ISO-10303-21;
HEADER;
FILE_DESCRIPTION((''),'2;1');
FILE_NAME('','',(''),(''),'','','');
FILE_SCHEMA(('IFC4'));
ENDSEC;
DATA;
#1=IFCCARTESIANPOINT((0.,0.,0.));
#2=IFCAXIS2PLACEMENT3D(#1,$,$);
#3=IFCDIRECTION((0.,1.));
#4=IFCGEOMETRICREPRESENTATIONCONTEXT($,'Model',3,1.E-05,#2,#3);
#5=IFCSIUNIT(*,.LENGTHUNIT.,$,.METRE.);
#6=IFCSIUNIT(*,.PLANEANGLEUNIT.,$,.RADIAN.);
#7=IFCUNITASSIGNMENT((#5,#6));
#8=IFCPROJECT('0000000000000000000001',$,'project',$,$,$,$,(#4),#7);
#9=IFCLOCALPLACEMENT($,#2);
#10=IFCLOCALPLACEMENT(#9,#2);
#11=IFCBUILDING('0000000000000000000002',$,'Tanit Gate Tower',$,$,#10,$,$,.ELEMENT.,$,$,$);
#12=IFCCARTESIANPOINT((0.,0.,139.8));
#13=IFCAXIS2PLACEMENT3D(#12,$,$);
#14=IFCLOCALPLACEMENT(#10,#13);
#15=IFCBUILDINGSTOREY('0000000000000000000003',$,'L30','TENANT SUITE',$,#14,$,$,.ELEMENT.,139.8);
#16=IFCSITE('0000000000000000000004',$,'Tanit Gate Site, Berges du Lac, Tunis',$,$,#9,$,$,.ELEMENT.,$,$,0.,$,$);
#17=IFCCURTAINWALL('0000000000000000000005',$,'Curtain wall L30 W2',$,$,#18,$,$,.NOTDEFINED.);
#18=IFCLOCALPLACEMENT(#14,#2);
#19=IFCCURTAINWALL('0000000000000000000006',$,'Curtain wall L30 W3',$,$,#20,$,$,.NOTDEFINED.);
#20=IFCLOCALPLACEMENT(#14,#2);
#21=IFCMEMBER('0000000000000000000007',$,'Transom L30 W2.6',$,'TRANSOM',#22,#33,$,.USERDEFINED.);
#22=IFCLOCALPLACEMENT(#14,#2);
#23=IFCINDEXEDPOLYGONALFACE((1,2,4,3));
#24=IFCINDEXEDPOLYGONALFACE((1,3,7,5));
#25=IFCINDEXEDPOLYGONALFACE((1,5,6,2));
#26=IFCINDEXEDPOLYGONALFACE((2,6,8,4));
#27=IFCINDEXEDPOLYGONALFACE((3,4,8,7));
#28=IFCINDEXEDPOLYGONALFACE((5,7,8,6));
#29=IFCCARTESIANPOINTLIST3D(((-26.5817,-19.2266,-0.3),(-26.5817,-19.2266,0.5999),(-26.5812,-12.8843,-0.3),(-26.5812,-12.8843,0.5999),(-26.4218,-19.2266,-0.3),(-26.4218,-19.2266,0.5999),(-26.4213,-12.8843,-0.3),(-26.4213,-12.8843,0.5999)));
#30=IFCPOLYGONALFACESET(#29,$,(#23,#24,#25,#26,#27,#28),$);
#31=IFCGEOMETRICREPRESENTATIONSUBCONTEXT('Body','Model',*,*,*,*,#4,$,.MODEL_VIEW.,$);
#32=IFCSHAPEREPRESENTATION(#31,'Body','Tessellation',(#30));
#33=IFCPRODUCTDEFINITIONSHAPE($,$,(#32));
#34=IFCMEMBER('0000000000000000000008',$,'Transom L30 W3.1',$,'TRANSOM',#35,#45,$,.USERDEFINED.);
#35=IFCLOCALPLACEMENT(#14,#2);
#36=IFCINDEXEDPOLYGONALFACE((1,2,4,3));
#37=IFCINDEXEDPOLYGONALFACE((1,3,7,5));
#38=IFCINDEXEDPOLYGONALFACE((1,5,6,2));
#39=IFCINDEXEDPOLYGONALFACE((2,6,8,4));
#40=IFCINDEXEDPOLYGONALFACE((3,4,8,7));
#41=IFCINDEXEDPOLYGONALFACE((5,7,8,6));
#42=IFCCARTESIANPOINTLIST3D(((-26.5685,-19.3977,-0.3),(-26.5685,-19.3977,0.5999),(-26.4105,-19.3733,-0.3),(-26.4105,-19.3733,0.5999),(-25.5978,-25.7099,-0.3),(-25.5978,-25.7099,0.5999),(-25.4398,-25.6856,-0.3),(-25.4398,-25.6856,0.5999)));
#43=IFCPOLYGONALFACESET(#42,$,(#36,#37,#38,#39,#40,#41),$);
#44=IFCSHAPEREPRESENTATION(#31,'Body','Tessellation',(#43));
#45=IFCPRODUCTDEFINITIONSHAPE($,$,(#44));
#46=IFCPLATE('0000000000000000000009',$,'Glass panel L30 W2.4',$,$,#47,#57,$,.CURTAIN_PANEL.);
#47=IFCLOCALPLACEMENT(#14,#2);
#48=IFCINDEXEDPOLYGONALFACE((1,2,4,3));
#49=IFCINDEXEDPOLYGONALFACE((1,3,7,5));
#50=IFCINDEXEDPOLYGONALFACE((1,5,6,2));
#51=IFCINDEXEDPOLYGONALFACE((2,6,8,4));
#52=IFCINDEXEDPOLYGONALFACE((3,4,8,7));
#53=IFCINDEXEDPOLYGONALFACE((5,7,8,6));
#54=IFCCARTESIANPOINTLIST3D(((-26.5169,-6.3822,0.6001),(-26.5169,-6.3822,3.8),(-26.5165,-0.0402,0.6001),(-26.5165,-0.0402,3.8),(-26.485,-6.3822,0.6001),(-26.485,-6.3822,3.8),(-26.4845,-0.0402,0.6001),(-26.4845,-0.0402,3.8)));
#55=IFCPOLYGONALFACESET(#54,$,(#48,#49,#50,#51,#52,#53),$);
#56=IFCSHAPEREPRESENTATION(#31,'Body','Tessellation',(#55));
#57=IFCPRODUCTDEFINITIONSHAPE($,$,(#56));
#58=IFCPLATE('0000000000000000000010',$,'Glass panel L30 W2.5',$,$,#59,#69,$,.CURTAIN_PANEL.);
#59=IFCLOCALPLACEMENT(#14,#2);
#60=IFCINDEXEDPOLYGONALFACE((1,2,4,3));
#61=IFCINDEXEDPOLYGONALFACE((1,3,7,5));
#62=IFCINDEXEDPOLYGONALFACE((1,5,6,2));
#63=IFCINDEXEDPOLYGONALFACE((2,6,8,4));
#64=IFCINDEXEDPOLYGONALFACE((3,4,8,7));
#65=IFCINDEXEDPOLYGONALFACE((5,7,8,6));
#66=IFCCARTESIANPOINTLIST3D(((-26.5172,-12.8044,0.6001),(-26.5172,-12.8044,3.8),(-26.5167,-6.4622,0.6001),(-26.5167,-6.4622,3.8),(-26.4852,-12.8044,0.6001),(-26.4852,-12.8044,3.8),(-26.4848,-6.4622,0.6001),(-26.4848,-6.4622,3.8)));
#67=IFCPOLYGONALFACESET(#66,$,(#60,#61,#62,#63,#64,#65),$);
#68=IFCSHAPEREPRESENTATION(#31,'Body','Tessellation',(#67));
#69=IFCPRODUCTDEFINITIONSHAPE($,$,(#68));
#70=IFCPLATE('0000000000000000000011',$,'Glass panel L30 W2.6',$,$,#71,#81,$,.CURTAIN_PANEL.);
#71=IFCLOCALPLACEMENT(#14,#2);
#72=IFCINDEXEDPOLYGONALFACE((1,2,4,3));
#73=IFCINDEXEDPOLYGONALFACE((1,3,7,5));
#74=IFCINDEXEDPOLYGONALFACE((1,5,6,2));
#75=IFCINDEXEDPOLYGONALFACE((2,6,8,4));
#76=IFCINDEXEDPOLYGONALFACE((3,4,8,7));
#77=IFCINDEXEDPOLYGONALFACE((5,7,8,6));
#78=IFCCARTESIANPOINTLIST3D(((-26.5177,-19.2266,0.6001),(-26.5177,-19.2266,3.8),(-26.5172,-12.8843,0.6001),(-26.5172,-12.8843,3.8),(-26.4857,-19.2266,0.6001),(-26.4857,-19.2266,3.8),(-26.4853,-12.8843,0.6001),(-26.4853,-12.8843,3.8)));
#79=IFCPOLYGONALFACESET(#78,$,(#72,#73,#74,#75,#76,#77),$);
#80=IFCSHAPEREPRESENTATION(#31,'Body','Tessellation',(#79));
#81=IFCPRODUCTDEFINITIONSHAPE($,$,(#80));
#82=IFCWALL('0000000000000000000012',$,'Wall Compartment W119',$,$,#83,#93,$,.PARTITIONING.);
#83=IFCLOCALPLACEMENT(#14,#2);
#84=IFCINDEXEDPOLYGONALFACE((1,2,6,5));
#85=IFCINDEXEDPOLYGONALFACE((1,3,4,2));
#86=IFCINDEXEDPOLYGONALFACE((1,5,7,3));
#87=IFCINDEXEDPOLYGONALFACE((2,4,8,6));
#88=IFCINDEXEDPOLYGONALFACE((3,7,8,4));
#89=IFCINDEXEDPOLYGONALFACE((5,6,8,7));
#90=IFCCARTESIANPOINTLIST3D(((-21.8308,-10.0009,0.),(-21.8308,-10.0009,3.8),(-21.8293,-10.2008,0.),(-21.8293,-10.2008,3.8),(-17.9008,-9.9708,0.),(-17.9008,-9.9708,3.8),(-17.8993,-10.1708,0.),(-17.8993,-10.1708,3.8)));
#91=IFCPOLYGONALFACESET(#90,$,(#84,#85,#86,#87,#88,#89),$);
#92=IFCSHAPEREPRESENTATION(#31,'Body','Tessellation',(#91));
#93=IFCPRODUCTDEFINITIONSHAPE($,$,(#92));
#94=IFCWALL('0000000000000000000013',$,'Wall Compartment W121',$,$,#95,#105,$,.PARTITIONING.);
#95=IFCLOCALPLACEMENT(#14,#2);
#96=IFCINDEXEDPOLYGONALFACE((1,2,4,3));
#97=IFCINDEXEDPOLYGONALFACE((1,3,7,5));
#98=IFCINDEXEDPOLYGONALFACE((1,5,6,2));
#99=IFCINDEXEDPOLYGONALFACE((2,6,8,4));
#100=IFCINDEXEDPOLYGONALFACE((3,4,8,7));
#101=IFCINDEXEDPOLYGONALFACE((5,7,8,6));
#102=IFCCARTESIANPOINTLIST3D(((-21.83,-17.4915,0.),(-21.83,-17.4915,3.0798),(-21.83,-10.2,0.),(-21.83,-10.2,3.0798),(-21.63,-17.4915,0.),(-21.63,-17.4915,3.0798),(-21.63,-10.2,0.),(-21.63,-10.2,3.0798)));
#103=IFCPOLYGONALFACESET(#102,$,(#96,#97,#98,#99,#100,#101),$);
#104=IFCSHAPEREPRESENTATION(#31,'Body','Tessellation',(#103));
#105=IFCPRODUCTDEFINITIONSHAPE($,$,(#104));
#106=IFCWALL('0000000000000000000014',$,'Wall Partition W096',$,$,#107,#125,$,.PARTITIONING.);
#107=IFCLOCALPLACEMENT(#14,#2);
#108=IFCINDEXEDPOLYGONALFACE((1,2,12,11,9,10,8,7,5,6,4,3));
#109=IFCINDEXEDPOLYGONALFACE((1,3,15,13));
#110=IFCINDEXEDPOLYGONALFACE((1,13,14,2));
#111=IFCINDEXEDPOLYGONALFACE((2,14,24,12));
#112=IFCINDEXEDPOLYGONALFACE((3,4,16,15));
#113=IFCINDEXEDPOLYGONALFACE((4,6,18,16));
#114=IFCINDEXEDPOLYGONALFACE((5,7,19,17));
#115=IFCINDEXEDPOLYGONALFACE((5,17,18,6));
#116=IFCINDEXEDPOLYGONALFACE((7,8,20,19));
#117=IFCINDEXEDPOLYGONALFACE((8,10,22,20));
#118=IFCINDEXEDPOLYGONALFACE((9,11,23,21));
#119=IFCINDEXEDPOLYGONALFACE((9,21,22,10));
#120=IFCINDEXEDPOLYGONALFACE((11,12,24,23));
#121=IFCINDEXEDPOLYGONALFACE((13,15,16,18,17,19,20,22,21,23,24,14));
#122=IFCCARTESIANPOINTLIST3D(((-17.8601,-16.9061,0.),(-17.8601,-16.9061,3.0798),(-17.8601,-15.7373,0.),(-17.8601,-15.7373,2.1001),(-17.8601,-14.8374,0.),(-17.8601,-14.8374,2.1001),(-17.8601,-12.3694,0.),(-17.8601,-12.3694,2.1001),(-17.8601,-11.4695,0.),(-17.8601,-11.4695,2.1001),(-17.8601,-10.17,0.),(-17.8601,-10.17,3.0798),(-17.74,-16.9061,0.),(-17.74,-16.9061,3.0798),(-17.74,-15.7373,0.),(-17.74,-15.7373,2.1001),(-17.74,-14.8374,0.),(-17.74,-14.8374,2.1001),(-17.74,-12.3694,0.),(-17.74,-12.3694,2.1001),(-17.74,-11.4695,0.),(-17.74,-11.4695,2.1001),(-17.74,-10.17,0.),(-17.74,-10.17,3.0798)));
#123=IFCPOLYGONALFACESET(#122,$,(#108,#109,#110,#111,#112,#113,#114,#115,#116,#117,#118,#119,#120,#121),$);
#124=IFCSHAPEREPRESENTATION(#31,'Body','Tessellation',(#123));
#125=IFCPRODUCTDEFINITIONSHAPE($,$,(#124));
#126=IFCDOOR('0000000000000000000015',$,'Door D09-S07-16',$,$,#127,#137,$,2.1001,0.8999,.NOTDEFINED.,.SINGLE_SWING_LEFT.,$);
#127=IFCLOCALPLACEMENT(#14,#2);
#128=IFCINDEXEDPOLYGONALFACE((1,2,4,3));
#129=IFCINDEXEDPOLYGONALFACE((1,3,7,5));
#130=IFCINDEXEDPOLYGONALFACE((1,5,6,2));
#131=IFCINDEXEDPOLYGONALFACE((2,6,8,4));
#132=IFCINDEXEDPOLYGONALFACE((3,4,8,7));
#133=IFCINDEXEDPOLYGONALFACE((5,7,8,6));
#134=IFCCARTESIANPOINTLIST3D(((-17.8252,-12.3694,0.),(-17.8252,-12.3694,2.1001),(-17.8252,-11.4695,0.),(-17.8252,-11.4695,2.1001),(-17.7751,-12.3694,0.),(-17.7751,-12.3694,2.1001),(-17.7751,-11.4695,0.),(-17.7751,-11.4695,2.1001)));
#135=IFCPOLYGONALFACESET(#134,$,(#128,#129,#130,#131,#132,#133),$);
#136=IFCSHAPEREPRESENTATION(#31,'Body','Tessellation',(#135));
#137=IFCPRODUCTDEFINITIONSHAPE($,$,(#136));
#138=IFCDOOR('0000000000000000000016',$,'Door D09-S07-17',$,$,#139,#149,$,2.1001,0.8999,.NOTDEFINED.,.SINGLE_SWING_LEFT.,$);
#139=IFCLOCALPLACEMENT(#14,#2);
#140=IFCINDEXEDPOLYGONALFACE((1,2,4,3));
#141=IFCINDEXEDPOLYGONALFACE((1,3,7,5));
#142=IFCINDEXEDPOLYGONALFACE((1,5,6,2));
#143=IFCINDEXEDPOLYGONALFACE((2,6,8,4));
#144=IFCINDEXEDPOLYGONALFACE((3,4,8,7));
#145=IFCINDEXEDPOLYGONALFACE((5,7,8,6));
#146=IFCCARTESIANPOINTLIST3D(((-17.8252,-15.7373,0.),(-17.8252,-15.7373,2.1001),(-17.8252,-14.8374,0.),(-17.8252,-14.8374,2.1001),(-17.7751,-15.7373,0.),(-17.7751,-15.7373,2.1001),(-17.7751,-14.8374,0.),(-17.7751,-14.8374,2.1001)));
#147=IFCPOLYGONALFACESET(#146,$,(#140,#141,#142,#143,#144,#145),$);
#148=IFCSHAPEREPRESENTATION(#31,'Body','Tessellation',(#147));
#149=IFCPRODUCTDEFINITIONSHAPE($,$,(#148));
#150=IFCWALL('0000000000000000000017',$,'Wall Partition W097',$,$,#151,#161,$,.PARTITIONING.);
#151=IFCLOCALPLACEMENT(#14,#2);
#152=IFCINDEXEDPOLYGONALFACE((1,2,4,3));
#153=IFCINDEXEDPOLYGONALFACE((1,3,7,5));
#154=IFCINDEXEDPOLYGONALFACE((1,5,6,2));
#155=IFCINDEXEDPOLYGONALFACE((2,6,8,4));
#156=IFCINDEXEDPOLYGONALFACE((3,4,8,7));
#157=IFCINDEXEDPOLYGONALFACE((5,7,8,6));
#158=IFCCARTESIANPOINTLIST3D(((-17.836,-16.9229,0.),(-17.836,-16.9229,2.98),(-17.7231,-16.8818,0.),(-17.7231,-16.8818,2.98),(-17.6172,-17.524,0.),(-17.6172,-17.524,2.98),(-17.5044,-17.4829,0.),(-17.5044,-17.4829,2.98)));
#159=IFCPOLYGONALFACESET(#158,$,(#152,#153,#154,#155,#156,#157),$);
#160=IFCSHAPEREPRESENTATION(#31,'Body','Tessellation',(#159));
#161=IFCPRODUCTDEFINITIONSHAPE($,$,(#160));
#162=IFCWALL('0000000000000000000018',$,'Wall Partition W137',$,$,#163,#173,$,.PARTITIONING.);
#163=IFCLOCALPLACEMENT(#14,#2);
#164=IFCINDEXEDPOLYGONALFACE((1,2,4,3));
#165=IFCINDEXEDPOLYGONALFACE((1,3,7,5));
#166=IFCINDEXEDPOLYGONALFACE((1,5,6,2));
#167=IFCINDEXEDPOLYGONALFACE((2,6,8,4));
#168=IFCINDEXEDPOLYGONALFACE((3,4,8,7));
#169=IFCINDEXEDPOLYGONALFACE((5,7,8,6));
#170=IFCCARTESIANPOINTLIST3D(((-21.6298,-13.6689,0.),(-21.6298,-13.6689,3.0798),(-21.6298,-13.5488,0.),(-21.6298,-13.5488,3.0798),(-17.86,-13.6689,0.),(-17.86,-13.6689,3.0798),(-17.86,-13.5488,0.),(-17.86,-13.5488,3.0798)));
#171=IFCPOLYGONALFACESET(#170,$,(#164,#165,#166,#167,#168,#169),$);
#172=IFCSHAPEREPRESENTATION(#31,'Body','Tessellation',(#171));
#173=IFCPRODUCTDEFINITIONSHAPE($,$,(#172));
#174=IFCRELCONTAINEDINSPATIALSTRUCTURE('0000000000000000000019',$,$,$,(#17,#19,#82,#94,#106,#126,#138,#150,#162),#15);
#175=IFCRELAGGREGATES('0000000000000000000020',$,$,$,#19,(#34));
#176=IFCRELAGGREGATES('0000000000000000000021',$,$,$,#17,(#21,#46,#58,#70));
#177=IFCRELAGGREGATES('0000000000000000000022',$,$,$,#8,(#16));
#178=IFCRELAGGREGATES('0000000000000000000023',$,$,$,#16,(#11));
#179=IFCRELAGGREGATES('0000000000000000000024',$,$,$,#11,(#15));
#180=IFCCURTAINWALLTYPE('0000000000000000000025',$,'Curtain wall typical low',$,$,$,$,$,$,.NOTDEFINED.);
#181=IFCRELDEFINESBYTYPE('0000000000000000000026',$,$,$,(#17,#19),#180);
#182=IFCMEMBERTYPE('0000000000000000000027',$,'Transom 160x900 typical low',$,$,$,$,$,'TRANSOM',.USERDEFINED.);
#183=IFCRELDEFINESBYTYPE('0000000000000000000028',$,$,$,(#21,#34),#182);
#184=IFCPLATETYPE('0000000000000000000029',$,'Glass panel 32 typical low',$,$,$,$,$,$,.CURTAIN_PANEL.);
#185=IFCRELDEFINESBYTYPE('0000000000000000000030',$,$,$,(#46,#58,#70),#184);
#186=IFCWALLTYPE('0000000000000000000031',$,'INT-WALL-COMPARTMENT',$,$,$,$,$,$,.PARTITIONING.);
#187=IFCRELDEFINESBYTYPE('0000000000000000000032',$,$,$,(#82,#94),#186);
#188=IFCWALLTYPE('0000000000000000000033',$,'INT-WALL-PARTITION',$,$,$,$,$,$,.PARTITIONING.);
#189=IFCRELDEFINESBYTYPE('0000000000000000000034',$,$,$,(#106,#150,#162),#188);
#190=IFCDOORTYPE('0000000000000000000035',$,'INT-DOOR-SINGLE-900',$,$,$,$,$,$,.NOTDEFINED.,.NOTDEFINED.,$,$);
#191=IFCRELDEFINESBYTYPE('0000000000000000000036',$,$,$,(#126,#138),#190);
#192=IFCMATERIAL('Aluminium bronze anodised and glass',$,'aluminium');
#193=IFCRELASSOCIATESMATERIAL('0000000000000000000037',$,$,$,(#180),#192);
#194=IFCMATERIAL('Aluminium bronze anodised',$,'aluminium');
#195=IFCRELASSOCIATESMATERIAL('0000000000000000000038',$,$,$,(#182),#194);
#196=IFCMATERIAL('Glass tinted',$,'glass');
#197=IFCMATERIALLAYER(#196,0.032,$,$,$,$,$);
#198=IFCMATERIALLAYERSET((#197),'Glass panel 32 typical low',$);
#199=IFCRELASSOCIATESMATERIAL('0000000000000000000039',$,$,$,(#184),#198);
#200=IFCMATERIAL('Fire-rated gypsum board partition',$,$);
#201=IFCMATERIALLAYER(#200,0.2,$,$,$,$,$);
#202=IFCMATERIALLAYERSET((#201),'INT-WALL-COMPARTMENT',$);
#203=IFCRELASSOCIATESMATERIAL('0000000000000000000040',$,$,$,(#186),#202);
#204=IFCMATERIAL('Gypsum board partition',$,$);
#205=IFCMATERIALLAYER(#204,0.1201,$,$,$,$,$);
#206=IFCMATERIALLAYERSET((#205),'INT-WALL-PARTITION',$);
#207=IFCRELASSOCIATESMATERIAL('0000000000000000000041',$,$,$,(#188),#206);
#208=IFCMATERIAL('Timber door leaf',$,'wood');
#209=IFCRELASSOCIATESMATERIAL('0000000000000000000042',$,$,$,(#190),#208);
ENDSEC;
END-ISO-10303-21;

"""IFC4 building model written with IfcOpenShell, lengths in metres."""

from ifc_helpers import new_model, si_unit, direction, frame, frame_2d, origin, origin_2d, place, context, subcontext, project, spatial, rectangle, extrude, material, layer, layer_set, material_profile, profile_set, type_object, element, fill, aggregate, save


model = new_model("IFC4")

# Units and contexts
model_context = context("Model", 3, precision=1e-05, world=origin(), true_north=direction((0.0, 1.0)))
body_context = subcontext(model_context, "Body", "Model", "MODEL_VIEW")
ifc_project = project(units=[si_unit("LENGTHUNIT", "METRE"), si_unit("PLANEANGLEUNIT", "RADIAN")], contexts=[model_context])

# Site, building, storey
site_placement = place(None, origin())
site = spatial("IfcSite", under=ifc_project, at=site_placement, Name="Tanit Gate Site, Berges du Lac, Tunis", CompositionType="ELEMENT", RefElevation=0.0)
building_placement = place(site_placement, origin())
building = spatial("IfcBuilding", under=site, at=building_placement, Name="Tanit Gate Tower", CompositionType="ELEMENT")
storey_placement = place(building_placement, frame((0.0, 0.0, 139.8)))
storey = spatial("IfcBuildingStorey", under=building, at=storey_placement, Name="L30", Description="TENANT SUITE", CompositionType="ELEMENT", Elevation=139.8)

# Curtain wall
ifc_material_1 = material(Name="Aluminium bronze anodised and glass", Category="aluminium")
curtain_wall_type = type_object("IfcCurtainWallType", Name="Curtain wall typical low", PredefinedType="NOTDEFINED", material=ifc_material_1)
curtain_wall_1_placement = place(storey_placement, origin())
curtain_wall_1 = element("IfcCurtainWall", 1, at=curtain_wall_1_placement, inside=storey, type_object=curtain_wall_type, Name="Curtain wall L30 W2", PredefinedType="NOTDEFINED")

# Curtain wall
curtain_wall_2_placement = place(storey_placement, origin())
curtain_wall_2 = element("IfcCurtainWall", 2, at=curtain_wall_2_placement, inside=storey, type_object=curtain_wall_type, Name="Curtain wall L30 W3", PredefinedType="NOTDEFINED")

# Members
ifc_material_2 = material(Name="Aluminium bronze anodised", Category="aluminium")
ifc_material_profile_1 = material_profile(ifc_material_2, rectangle(XDim=0.1599, YDim=0.8999, at=origin_2d()), Name="160x900 bronze transom")
ifc_profile_set_1 = profile_set([ifc_material_profile_1], Name="Aluminium bronze anodised")
member_type_1 = type_object("IfcMemberType", Name="Transom 160x900 typical low", ElementType="TRANSOM", PredefinedType="USERDEFINED", material=ifc_profile_set_1)
member_1_placement = place(storey_placement, frame((-26.5012, -12.8843, 0.1499), z_axis=(-0.000077, -1.0, 0.0), x_axis=(1.0, -0.000077, 0.0)))
member_1 = element("IfcMember", 3, at=member_1_placement, type_object=member_type_1, Name="Transom L30 W2.6", ObjectType="TRANSOM", PredefinedType="USERDEFINED", context=body_context, shape_type="SweptSolid", body=[
    extrude(rectangle(XDim=0.1599, YDim=0.8999, at=origin_2d()), origin(), (0.0, 0.0, 1.0), 6.3423),
])
member_2_placement = place(storey_placement, frame((-26.4895, -19.3855, 0.1499), z_axis=(0.151994, -0.988381, 0.0), x_axis=(0.988381, 0.151994, 0.0)))
member_2 = element("IfcMember", 4, at=member_2_placement, type_object=member_type_1, Name="Transom L30 W3.1", ObjectType="TRANSOM", PredefinedType="USERDEFINED", context=body_context, shape_type="SweptSolid", body=[
    extrude(rectangle(XDim=0.1599, YDim=0.8999, at=origin_2d()), origin(), (0.0, 0.0, 1.0), 6.3865),
])
aggregate(curtain_wall_2, [member_2])

# Plates
ifc_material_3 = material(Name="Glass tinted", Category="glass")
ifc_layer_1 = layer(ifc_material_3, 0.032)
ifc_layer_set_1 = layer_set([ifc_layer_1], Name="Glass panel 32 typical low")
plate_type = type_object("IfcPlateType", Name="Glass panel 32 typical low", PredefinedType="CURTAIN_PANEL", material=ifc_layer_set_1)
plate_1_placement = place(storey_placement, frame((-26.5007, -3.2112, 0.6001), z_axis=(0.0, 0.0, 1.0), x_axis=(-0.000069, -1.0, 0.0)))
plate_1 = element("IfcPlate", 5, at=plate_1_placement, type_object=plate_type, Name="Glass panel L30 W2.4", PredefinedType="CURTAIN_PANEL", context=body_context, shape_type="SweptSolid", body=[
    extrude(rectangle(XDim=6.342, YDim=0.032, at=origin_2d()), origin(), (0.0, 0.0, 1.0), 3.2),
])
plate_2_placement = place(storey_placement, frame((-26.501, -9.6333, 0.6001), z_axis=(0.0, 0.0, 1.0), x_axis=(-0.000069, -1.0, 0.0)))
plate_2 = element("IfcPlate", 6, at=plate_2_placement, type_object=plate_type, Name="Glass panel L30 W2.5", PredefinedType="CURTAIN_PANEL", context=body_context, shape_type="SweptSolid", body=[
    extrude(rectangle(XDim=6.3423, YDim=0.032, at=origin_2d()), origin(), (0.0, 0.0, 1.0), 3.2),
])
plate_3_placement = place(storey_placement, frame((-26.5015, -16.0554, 0.6001), z_axis=(0.0, 0.0, 1.0), x_axis=(-0.000069, -1.0, 0.0)))
plate_3 = element("IfcPlate", 7, at=plate_3_placement, type_object=plate_type, Name="Glass panel L30 W2.6", PredefinedType="CURTAIN_PANEL", context=body_context, shape_type="SweptSolid", body=[
    extrude(rectangle(XDim=6.3423, YDim=0.032, at=origin_2d()), origin(), (0.0, 0.0, 1.0), 3.2),
])
aggregate(curtain_wall_1, [member_1, plate_1, plate_2, plate_3])

# Walls
ifc_material_4 = material(Name="Fire-rated gypsum board partition")
ifc_layer_2 = layer(ifc_material_4, 0.2)
ifc_layer_set_2 = layer_set([ifc_layer_2], Name="INT-WALL-COMPARTMENT")
wall_type_1 = type_object("IfcWallType", Name="INT-WALL-COMPARTMENT", PredefinedType="PARTITIONING", material=ifc_layer_set_2)
wall_1_placement = place(storey_placement, frame((-21.8301, -10.1008, 0.0), z_axis=(0.0, 0.0, 1.0), x_axis=(0.999971, 0.00764, 0.0)))
element("IfcWall", 8, at=wall_1_placement, inside=storey, type_object=wall_type_1, Name="Wall Compartment W119", PredefinedType="PARTITIONING", context=body_context, shape_type="SweptSolid", body=[
    extrude(rectangle(XDim=3.9302, YDim=0.2, at=frame_2d((1.9651, 0.0))), origin(), (0.0, 0.0, 1.0), 3.8),
])
wall_2_placement = place(storey_placement, frame((-21.73, -17.4915, 0.0), z_axis=(0.0, 0.0, 1.0), x_axis=(0.0, 1.0, 0.0)))
element("IfcWall", 9, at=wall_2_placement, inside=storey, type_object=wall_type_1, Name="Wall Compartment W121", PredefinedType="PARTITIONING", context=body_context, shape_type="SweptSolid", body=[
    extrude(rectangle(XDim=7.2915, YDim=0.2, at=frame_2d((3.6458, 0.0))), origin(), (0.0, 0.0, 1.0), 3.0798),
])

# Wall, openings, doors
ifc_material_5 = material(Name="Gypsum board partition")
ifc_layer_3 = layer(ifc_material_5, 0.1201)
ifc_layer_set_3 = layer_set([ifc_layer_3], Name="INT-WALL-PARTITION")
wall_type_2 = type_object("IfcWallType", Name="INT-WALL-PARTITION", PredefinedType="PARTITIONING", material=ifc_layer_set_3)
wall_3_placement = place(storey_placement, frame((-17.8, -10.1699, 0.0), z_axis=(0.0, 0.0, 1.0), x_axis=(0.0, -1.0, 0.0)))
wall_3 = element("IfcWall", 10, at=wall_3_placement, inside=storey, type_object=wall_type_2, Name="Wall Partition W096", PredefinedType="PARTITIONING", context=body_context, shape_type="SweptSolid", body=[
    extrude(rectangle(XDim=6.7361, YDim=0.1201, at=frame_2d((3.3682, 0.0))), origin(), (0.0, 0.0, 1.0), 3.0798),
])
opening_1_placement = place(wall_3_placement, frame((1.2996, 0.0, 0.0)))
opening_1 = element("IfcOpeningElement", 11, at=opening_1_placement, cuts=wall_3, PredefinedType="OPENING", context=body_context, shape_type="SweptSolid", body=[
    extrude(rectangle(XDim=0.8999, YDim=2.1001, at=frame_2d((0.45, 1.05))), frame((0.0, 0.0701, 0.0), z_axis=(0.0, -1.0, 0.0), x_axis=(1.0, 0.0, 0.0)), (0.0, 0.0, 1.0), 0.1401),
])
opening_2_placement = place(wall_3_placement, frame((4.6675, 0.0, 0.0)))
opening_2 = element("IfcOpeningElement", 12, at=opening_2_placement, cuts=wall_3, PredefinedType="OPENING", context=body_context, shape_type="SweptSolid", body=[
    extrude(rectangle(XDim=0.8999, YDim=2.1001, at=frame_2d((0.45, 1.05))), frame((0.0, 0.0701, 0.0), z_axis=(0.0, -1.0, 0.0), x_axis=(1.0, 0.0, 0.0)), (0.0, 0.0, 1.0), 0.1401),
])
ifc_material_6 = material(Name="Timber door leaf", Category="wood")
door_type = type_object("IfcDoorType", Name="INT-DOOR-SINGLE-900", OperationType="NOTDEFINED", PredefinedType="NOTDEFINED", material=ifc_material_6)
door_1_placement = place(opening_1_placement, origin())
door_1 = element("IfcDoor", 13, at=door_1_placement, inside=storey, type_object=door_type, Name="Door D09-S07-16", OperationType="SINGLE_SWING_LEFT", OverallHeight=2.1001, OverallWidth=0.8999, PredefinedType="NOTDEFINED", context=body_context, shape_type="SweptSolid", body=[
    extrude(rectangle(XDim=0.8999, YDim=2.1001, at=frame_2d((0.45, 1.05))), frame((0.0, 0.0249, 0.0), z_axis=(0.0, -1.0, 0.0), x_axis=(1.0, 0.0, 0.0)), (0.0, 0.0, 1.0), 0.05),
])
fill(opening_1, door_1)
door_2_placement = place(opening_2_placement, origin())
door_2 = element("IfcDoor", 14, at=door_2_placement, inside=storey, type_object=door_type, Name="Door D09-S07-17", OperationType="SINGLE_SWING_LEFT", OverallHeight=2.1001, OverallWidth=0.8999, PredefinedType="NOTDEFINED", context=body_context, shape_type="SweptSolid", body=[
    extrude(rectangle(XDim=0.8999, YDim=2.1001, at=frame_2d((0.45, 1.05))), frame((0.0, 0.0249, 0.0), z_axis=(0.0, -1.0, 0.0), x_axis=(1.0, 0.0, 0.0)), (0.0, 0.0, 1.0), 0.05),
])
fill(opening_2, door_2)

# Walls
wall_4_placement = place(storey_placement, frame((-17.7795, -16.9023, 0.0), z_axis=(0.0, 0.0, 1.0), x_axis=(0.341988, -0.939704, 0.0)))
element("IfcWall", 15, at=wall_4_placement, inside=storey, type_object=wall_type_2, Name="Wall Partition W097", PredefinedType="PARTITIONING", context=body_context, shape_type="SweptSolid", body=[
    extrude(rectangle(XDim=0.6396, YDim=0.1201, at=frame_2d((0.3198, 0.0))), origin(), (0.0, 0.0, 1.0), 2.98),
])
wall_5_placement = place(storey_placement, frame((-17.8601, -13.6089, 0.0), z_axis=(0.0, 0.0, 1.0), x_axis=(-1.0, 0.0, 0.0)))
element("IfcWall", 16, at=wall_5_placement, inside=storey, type_object=wall_type_2, Name="Wall Partition W137", PredefinedType="PARTITIONING", context=body_context, shape_type="SweptSolid", body=[
    extrude(rectangle(XDim=3.7698, YDim=0.1201, at=frame_2d((1.8848, 0.0))), origin(), (0.0, 0.0, 1.0), 3.0798),
])

save(model, "model.ifc")
